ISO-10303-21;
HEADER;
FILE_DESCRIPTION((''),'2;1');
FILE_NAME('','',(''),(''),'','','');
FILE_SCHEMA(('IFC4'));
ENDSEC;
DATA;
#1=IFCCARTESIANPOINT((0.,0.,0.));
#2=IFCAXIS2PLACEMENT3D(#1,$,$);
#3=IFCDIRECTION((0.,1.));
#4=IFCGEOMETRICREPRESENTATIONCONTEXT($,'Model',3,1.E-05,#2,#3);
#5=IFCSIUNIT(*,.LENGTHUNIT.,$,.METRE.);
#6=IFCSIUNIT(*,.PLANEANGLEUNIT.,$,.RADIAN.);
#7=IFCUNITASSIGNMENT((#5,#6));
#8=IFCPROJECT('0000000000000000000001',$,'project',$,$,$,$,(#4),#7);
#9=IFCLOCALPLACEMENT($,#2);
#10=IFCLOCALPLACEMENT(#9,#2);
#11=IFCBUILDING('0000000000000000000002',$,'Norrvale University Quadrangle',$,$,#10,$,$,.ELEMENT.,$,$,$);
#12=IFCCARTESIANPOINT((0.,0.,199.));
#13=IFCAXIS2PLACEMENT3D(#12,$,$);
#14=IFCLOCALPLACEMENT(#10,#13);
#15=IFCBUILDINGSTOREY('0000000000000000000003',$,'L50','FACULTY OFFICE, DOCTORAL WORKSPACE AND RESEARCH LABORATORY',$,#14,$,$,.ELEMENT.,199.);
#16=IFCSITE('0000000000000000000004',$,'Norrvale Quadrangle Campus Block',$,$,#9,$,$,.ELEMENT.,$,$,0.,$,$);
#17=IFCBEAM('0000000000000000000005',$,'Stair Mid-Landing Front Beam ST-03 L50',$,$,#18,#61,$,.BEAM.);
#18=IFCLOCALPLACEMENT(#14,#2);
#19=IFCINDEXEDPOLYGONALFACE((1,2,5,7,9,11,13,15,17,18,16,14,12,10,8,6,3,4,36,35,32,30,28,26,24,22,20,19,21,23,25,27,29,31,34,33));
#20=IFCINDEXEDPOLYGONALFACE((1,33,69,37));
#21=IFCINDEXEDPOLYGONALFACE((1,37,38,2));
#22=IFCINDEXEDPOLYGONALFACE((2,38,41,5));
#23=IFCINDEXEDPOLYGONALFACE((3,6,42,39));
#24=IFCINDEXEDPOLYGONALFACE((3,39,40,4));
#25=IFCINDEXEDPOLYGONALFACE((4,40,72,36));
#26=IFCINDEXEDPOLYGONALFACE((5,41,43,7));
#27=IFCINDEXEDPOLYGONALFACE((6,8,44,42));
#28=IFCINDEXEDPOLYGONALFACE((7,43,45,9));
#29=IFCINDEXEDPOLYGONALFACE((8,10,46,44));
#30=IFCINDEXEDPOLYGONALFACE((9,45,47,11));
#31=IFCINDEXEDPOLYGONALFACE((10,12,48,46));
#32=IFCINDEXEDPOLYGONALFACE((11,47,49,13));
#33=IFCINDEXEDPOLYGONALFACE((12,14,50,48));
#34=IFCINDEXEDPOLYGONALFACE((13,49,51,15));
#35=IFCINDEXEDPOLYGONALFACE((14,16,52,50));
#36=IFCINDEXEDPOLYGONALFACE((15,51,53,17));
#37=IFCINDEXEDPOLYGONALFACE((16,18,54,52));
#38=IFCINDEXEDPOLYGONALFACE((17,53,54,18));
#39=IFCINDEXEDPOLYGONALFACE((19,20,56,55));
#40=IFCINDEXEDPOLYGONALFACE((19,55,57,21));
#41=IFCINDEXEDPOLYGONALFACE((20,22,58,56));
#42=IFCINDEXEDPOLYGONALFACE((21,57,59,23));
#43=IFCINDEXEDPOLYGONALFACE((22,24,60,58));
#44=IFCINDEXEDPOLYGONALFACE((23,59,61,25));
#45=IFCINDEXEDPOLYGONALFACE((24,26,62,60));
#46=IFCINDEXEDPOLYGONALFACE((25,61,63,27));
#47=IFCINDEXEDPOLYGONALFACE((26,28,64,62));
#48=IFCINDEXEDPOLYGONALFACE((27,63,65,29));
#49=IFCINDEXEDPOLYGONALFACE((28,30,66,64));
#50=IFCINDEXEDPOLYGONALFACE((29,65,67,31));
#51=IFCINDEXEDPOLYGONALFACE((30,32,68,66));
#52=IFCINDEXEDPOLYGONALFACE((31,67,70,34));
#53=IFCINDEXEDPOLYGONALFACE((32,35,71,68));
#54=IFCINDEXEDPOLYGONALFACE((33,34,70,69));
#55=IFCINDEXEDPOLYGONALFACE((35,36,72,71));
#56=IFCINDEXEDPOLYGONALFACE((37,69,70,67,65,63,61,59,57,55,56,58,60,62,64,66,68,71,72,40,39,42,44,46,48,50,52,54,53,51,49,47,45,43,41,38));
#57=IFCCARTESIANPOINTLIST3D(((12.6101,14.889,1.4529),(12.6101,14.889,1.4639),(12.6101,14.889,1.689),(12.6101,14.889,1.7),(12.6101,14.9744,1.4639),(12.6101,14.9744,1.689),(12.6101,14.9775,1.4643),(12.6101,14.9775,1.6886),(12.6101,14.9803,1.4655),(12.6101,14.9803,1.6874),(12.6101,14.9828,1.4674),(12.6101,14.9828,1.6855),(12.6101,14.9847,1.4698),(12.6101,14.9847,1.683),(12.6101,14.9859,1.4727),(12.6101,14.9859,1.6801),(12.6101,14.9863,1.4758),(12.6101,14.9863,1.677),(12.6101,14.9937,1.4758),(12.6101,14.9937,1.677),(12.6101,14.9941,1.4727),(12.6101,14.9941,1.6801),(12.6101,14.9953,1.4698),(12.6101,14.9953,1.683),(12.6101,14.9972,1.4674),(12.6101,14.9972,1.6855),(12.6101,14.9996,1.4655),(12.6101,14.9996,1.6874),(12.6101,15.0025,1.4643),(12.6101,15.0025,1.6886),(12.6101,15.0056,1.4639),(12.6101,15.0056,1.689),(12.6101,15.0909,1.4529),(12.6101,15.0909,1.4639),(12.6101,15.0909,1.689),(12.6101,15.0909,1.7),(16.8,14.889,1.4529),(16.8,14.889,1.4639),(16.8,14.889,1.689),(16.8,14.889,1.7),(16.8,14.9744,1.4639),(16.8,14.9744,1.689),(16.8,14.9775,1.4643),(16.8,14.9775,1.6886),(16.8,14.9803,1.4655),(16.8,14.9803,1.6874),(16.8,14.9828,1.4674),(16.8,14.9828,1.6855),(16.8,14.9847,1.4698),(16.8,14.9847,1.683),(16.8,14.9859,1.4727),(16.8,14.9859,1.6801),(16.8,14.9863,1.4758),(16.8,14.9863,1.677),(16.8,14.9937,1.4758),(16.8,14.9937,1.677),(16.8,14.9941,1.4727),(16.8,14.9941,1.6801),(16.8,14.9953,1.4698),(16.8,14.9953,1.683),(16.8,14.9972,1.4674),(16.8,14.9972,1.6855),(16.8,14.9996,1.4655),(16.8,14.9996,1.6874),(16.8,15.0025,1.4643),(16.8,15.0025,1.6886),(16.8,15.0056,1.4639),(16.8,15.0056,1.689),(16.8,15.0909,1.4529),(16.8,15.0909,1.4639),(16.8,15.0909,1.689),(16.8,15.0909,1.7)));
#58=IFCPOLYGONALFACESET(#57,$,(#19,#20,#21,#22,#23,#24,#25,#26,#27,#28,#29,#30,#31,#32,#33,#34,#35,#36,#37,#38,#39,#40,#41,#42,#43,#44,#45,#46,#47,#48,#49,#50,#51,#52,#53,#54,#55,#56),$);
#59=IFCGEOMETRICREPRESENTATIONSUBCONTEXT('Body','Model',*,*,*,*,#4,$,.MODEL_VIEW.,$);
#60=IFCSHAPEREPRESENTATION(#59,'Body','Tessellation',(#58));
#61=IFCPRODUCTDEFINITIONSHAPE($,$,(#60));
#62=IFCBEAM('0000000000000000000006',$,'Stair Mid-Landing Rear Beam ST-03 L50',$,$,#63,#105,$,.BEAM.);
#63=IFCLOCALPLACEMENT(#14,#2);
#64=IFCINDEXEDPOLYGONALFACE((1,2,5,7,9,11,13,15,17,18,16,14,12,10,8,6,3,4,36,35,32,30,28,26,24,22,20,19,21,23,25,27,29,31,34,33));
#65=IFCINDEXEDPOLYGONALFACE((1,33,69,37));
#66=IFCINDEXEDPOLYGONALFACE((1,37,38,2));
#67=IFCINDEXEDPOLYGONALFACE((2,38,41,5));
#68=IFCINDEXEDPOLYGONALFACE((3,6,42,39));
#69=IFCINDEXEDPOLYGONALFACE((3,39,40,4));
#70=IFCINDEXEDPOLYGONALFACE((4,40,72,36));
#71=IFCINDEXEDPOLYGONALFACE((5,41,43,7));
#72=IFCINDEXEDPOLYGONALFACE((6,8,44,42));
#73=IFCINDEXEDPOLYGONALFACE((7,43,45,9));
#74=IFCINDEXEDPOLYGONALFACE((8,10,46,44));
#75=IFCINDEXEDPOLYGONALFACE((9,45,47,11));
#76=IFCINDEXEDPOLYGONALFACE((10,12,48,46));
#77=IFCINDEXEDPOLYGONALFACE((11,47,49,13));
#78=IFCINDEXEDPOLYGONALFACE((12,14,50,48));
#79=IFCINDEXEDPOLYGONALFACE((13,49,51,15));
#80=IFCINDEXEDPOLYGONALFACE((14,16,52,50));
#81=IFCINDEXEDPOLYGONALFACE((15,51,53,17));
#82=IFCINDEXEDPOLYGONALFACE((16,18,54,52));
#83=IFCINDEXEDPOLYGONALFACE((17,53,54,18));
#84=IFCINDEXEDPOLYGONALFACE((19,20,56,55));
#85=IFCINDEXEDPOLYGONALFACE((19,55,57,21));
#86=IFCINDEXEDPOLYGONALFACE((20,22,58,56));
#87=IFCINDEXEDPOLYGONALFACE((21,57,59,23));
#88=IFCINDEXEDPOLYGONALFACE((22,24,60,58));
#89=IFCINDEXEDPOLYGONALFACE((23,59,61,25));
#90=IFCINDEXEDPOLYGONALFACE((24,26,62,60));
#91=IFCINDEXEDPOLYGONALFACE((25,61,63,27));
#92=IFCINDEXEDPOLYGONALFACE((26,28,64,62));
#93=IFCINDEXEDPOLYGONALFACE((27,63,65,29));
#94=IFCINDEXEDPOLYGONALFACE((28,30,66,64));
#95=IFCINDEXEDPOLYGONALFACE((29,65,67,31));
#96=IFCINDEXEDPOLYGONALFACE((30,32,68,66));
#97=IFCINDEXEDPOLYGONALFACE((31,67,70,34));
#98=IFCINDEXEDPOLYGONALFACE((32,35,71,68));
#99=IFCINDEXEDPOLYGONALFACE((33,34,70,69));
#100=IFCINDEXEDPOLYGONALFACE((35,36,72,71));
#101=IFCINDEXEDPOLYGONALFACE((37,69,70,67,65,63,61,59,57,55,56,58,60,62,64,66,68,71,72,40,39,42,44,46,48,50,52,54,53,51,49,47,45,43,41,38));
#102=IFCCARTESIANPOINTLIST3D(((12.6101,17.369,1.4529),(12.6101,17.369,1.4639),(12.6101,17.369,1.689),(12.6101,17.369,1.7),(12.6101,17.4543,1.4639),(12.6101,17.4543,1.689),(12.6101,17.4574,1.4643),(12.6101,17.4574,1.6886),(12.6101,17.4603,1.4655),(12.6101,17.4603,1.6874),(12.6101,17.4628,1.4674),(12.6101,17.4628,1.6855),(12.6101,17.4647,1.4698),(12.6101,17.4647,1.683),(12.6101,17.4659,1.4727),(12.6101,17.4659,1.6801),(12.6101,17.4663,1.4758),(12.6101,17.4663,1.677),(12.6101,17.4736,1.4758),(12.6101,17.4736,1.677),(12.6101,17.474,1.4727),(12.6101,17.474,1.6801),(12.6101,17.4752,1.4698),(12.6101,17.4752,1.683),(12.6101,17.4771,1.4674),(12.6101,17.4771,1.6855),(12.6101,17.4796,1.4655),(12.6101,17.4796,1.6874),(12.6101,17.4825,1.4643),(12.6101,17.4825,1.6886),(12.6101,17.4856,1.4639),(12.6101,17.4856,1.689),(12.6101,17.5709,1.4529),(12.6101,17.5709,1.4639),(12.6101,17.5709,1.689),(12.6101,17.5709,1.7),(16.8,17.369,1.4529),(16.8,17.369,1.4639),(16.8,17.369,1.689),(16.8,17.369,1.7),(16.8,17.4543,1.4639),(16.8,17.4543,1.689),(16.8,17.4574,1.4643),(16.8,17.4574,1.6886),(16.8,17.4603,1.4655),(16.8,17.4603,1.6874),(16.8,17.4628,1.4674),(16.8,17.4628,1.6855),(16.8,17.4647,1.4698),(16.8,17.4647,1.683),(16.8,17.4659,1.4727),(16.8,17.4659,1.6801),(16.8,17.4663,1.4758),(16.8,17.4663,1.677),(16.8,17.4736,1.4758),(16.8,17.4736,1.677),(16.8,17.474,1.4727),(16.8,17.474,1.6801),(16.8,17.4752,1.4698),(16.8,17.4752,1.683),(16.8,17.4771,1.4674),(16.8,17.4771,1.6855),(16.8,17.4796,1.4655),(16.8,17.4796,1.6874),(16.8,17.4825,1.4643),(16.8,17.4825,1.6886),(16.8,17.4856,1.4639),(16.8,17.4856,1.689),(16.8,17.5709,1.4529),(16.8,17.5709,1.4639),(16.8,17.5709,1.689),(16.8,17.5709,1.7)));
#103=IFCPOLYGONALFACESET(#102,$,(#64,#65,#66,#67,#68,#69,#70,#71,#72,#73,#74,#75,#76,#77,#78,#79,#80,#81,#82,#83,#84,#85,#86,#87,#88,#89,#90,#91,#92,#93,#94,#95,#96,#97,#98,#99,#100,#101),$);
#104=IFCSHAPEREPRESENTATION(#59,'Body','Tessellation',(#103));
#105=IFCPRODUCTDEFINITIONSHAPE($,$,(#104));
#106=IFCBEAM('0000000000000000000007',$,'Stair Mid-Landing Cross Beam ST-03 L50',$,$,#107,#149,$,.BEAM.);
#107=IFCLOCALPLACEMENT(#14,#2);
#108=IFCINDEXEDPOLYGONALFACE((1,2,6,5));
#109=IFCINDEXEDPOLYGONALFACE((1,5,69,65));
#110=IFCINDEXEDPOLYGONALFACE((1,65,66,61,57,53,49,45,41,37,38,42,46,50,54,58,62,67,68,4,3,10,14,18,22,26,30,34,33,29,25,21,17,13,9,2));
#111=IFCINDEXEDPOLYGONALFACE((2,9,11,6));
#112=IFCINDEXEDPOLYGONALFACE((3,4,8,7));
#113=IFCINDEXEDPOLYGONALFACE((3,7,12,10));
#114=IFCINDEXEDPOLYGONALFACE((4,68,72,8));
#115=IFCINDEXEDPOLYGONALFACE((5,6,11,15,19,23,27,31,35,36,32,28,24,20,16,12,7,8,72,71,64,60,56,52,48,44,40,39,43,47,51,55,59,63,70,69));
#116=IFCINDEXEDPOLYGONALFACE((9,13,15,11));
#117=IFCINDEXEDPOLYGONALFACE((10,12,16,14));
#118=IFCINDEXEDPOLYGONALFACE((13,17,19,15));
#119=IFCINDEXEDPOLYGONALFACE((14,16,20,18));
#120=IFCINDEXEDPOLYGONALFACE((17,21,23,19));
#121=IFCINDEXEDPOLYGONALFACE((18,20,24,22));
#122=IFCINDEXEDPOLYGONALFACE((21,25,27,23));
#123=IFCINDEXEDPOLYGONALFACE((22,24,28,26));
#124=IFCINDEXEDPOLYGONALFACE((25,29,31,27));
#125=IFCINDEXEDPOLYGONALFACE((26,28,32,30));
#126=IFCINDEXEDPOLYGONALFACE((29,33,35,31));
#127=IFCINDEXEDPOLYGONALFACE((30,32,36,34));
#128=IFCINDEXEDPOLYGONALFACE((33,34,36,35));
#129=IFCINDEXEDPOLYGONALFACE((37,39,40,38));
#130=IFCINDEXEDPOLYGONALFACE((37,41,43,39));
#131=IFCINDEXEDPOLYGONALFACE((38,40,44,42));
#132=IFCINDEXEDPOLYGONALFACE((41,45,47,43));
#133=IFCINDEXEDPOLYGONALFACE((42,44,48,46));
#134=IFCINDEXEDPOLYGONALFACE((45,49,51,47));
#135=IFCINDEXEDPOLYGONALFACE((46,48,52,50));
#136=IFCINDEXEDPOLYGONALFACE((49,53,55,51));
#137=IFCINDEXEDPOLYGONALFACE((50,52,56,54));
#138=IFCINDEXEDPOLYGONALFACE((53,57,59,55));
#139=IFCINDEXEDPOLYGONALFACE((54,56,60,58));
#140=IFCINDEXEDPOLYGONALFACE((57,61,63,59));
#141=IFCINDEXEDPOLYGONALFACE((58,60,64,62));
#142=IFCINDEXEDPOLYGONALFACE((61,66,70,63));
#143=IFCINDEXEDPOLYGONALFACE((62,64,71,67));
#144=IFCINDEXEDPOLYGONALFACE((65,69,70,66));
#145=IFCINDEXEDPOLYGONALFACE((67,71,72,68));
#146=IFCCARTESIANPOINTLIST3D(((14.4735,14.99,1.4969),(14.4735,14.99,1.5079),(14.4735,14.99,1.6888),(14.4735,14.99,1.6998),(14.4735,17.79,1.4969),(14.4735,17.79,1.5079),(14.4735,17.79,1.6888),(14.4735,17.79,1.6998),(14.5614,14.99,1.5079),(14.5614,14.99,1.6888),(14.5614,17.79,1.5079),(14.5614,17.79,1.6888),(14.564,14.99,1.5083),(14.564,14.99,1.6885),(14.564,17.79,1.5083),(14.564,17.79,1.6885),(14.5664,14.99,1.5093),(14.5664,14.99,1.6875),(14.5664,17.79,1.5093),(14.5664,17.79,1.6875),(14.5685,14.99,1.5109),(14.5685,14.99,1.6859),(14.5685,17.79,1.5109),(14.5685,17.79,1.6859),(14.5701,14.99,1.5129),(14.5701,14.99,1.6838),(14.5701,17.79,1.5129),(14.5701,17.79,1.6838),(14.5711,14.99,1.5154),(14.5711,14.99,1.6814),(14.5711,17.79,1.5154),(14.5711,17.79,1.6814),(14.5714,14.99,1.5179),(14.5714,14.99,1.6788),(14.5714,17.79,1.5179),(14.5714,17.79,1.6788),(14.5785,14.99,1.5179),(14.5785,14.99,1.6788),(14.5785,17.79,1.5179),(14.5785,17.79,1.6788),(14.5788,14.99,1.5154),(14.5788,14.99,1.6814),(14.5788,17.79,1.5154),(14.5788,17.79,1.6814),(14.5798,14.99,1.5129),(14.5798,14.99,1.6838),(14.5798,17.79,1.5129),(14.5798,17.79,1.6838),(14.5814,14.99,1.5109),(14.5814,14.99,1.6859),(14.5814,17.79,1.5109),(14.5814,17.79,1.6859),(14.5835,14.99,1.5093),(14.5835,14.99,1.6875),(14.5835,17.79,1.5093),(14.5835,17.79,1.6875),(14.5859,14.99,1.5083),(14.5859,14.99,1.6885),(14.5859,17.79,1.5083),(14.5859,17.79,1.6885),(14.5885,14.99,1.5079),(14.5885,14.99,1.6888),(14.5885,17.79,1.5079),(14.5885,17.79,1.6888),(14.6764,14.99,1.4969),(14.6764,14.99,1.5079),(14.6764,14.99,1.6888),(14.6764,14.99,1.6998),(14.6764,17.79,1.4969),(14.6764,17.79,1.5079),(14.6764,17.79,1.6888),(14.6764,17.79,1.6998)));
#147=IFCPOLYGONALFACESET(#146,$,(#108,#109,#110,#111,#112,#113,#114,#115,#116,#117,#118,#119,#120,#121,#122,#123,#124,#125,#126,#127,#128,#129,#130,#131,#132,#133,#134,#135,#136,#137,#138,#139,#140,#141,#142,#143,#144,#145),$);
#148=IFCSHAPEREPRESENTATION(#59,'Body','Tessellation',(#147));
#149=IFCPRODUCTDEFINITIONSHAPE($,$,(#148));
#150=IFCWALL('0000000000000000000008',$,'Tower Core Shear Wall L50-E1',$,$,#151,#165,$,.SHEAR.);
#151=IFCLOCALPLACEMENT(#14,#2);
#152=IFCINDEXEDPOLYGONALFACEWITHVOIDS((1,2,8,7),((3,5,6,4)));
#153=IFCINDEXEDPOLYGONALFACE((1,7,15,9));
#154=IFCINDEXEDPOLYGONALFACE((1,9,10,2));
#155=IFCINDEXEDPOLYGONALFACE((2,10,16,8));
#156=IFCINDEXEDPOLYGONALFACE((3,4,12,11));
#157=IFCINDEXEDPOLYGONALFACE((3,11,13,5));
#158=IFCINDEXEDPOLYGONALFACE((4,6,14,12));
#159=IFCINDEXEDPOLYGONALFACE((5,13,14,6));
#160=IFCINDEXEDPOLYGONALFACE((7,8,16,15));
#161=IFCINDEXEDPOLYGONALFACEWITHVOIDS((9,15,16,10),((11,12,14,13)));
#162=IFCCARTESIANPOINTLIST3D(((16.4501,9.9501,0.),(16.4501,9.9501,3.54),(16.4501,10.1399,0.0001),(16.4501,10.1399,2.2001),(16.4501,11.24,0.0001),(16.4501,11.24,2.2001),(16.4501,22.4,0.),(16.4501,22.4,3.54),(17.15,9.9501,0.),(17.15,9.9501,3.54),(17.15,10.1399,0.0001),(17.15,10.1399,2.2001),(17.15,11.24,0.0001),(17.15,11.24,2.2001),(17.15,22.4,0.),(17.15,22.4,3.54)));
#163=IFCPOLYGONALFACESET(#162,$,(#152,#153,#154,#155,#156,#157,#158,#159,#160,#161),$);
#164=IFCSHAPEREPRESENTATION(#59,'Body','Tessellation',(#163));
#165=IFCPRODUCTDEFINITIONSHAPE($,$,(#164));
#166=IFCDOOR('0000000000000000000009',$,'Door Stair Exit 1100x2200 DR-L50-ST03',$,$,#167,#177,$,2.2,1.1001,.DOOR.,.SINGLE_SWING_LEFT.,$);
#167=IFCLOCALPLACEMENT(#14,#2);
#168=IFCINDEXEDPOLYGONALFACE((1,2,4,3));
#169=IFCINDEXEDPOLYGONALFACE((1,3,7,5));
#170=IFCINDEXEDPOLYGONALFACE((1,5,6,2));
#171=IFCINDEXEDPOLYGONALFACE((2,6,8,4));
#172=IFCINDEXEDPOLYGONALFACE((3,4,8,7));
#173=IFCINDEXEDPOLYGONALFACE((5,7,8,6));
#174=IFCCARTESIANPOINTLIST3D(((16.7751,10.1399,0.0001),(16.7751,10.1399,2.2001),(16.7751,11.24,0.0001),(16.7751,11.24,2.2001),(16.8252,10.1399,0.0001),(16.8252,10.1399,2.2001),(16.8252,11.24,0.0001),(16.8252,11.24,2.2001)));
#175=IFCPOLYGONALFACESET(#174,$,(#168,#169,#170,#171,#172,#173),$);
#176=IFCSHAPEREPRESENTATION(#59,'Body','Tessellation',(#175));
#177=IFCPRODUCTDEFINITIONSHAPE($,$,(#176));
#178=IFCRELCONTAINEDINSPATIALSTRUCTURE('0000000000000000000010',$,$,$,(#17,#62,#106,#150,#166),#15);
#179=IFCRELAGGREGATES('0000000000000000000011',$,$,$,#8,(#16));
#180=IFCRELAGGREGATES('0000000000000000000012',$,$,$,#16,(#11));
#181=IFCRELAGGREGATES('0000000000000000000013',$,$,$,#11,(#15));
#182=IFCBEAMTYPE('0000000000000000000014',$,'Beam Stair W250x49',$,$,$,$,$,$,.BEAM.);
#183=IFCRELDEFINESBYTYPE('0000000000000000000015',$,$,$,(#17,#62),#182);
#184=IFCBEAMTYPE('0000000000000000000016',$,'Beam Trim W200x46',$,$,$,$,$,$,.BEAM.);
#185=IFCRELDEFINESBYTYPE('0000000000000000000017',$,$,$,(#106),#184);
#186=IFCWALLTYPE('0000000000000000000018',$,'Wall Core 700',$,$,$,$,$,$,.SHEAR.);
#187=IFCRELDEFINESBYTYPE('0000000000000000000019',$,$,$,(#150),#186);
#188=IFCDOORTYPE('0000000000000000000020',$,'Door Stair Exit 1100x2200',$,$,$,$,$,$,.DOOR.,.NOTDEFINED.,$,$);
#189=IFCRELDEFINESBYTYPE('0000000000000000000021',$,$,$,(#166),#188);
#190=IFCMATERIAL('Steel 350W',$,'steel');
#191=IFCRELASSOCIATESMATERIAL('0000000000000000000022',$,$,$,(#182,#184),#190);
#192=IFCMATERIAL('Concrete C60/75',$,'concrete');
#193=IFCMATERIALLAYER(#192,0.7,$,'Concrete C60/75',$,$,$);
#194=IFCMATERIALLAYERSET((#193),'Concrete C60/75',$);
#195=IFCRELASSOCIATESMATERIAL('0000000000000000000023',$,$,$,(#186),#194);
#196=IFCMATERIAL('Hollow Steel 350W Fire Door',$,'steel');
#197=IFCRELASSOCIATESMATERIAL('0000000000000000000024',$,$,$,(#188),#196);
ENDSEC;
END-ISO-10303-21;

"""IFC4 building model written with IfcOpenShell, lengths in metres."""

from ifc_helpers import new_model, si_unit, direction, frame, frame_2d, origin, origin_2d, place, context, subcontext, project, spatial, rectangle, i_section, extrude, material, layer, layer_set, material_profile, profile_set, type_object, element, fill, save


model = new_model("IFC4")

# Units and contexts
model_context = context("Model", 3, precision=1e-05, world=origin(), true_north=direction((0.0, 1.0)))
body_context = subcontext(model_context, "Body", "Model", "MODEL_VIEW")
ifc_project = project(units=[si_unit("LENGTHUNIT", "METRE"), si_unit("PLANEANGLEUNIT", "RADIAN")], contexts=[model_context])

# Site, building, storey
site_placement = place(None, origin())
site = spatial("IfcSite", under=ifc_project, at=site_placement, Name="Norrvale Quadrangle Campus Block", CompositionType="ELEMENT", RefElevation=0.0)
building_placement = place(site_placement, origin())
building = spatial("IfcBuilding", under=site, at=building_placement, Name="Norrvale University Quadrangle", CompositionType="ELEMENT")
storey_placement = place(building_placement, frame((0.0, 0.0, 199.0)))
storey = spatial("IfcBuildingStorey", under=building, at=storey_placement, Name="L50", Description="FACULTY OFFICE, DOCTORAL WORKSPACE AND RESEARCH LABORATORY", CompositionType="ELEMENT", Elevation=199.0)

# Beams
ifc_material_1 = material(Name="Steel 350W", Category="steel")
ifc_material_profile_1 = material_profile(ifc_material_1, i_section(OverallWidth=0.2019, OverallDepth=0.2471, WebThickness=0.0073, FlangeThickness=0.011, FilletRadius=0.012, at=origin_2d()), Name="Steel 350W")
ifc_profile_set_1 = profile_set([ifc_material_profile_1], Name="Steel 350W")
beam_type_1 = type_object("IfcBeamType", Name="Beam Stair W250x49", PredefinedType="BEAM", material=ifc_profile_set_1)
for number, where, z_axis, x_axis, name in (
    (1, (12.6101, 14.99, 1.5764), (1.0, 0.0, 0.0), (0.0, 1.0, 0.0), "Stair Mid-Landing Front Beam ST-03 L50"),
    (2, (12.6101, 17.47, 1.5764), (1.0, 0.0, 0.0), (0.0, 1.0, 0.0), "Stair Mid-Landing Rear Beam ST-03 L50"),
):
    element("IfcBeam", number, at=place(storey_placement, frame(where, z_axis=z_axis, x_axis=x_axis)), inside=storey, type_object=beam_type_1, Name=name, PredefinedType="BEAM", context=body_context, shape_type="SweptSolid", body=[
        extrude(i_section(OverallWidth=0.2019, OverallDepth=0.2471, WebThickness=0.0073, FlangeThickness=0.011, FilletRadius=0.012, at=origin_2d()), origin(), (0.0, 0.0, 1.0), 4.1899),
    ])
ifc_material_profile_2 = material_profile(ifc_material_1, i_section(OverallWidth=0.2029, OverallDepth=0.2029, WebThickness=0.0071, FlangeThickness=0.011, FilletRadius=0.01, at=origin_2d()), Name="Steel 350W")
ifc_profile_set_2 = profile_set([ifc_material_profile_2], Name="Steel 350W")
beam_type_2 = type_object("IfcBeamType", Name="Beam Trim W200x46", PredefinedType="BEAM", material=ifc_profile_set_2)
beam_placement = place(storey_placement, frame((14.575, 14.99, 1.5984), z_axis=(0.0, 1.0, 0.0), x_axis=(-1.0, 0.0, 0.0)))
element("IfcBeam", 3, at=beam_placement, inside=storey, type_object=beam_type_2, Name="Stair Mid-Landing Cross Beam ST-03 L50", PredefinedType="BEAM", context=body_context, shape_type="SweptSolid", body=[
    extrude(i_section(OverallWidth=0.2029, OverallDepth=0.2029, WebThickness=0.0071, FlangeThickness=0.011, FilletRadius=0.01, at=origin_2d()), origin(), (0.0, 0.0, 1.0), 2.8),
])

# Wall, opening, door
ifc_material_2 = material(Name="Concrete C60/75", Category="concrete")
ifc_layer_1 = layer(ifc_material_2, 0.7, Name="Concrete C60/75")
ifc_layer_set_1 = layer_set([ifc_layer_1], Name="Concrete C60/75")
wall_type_1 = type_object("IfcWallType", Name="Wall Core 700", PredefinedType="SHEAR", material=ifc_layer_set_1)
wall_1_placement = place(storey_placement, frame((16.8, 9.95, 0.0), z_axis=(0.0, 0.0, 1.0), x_axis=(0.0, 1.0, 0.0)))
wall_1 = element("IfcWall", 4, at=wall_1_placement, inside=storey, type_object=wall_type_1, Name="Tower Core Shear Wall L50-E1", PredefinedType="SHEAR", context=body_context, shape_type="SweptSolid", body=[
    extrude(rectangle(XDim=12.45, YDim=0.7, at=frame_2d((6.2251, 0.0))), origin(), (0.0, 0.0, 1.0), 3.54),
])
opening_1_placement = place(wall_1_placement, frame((0.1899, 0.0, 0.0)))
opening_1 = element("IfcOpeningElement", 5, at=opening_1_placement, cuts=wall_1, PredefinedType="OPENING", context=body_context, shape_type="SweptSolid", body=[
    extrude(rectangle(XDim=1.1001, YDim=2.2, at=frame_2d((0.55, 1.1001))), frame((0.0, 0.3621, 0.0), z_axis=(0.0, -1.0, 0.0), x_axis=(1.0, 0.0, 0.0)), (0.0, 0.0, 1.0), 0.7239),
])
ifc_material_3 = material(Name="Hollow Steel 350W Fire Door", Category="steel")
door_type_1 = type_object("IfcDoorType", Name="Door Stair Exit 1100x2200", OperationType="NOTDEFINED", PredefinedType="DOOR", material=ifc_material_3)
door_1_placement = place(opening_1_placement, origin())
door_1 = element("IfcDoor", 6, at=door_1_placement, inside=storey, type_object=door_type_1, Name="Door Stair Exit 1100x2200 DR-L50-ST03", OperationType="SINGLE_SWING_LEFT", OverallHeight=2.2, OverallWidth=1.1001, PredefinedType="DOOR", context=body_context, shape_type="SweptSolid", body=[
    extrude(rectangle(XDim=1.1001, YDim=2.2, at=frame_2d((0.55, 1.1001))), frame((0.0, 0.0249, 0.0), z_axis=(0.0, -1.0, 0.0), x_axis=(1.0, 0.0, 0.0)), (0.0, 0.0, 1.0), 0.05),
])
fill(opening_1, door_1)

save(model, "model.ifc")
